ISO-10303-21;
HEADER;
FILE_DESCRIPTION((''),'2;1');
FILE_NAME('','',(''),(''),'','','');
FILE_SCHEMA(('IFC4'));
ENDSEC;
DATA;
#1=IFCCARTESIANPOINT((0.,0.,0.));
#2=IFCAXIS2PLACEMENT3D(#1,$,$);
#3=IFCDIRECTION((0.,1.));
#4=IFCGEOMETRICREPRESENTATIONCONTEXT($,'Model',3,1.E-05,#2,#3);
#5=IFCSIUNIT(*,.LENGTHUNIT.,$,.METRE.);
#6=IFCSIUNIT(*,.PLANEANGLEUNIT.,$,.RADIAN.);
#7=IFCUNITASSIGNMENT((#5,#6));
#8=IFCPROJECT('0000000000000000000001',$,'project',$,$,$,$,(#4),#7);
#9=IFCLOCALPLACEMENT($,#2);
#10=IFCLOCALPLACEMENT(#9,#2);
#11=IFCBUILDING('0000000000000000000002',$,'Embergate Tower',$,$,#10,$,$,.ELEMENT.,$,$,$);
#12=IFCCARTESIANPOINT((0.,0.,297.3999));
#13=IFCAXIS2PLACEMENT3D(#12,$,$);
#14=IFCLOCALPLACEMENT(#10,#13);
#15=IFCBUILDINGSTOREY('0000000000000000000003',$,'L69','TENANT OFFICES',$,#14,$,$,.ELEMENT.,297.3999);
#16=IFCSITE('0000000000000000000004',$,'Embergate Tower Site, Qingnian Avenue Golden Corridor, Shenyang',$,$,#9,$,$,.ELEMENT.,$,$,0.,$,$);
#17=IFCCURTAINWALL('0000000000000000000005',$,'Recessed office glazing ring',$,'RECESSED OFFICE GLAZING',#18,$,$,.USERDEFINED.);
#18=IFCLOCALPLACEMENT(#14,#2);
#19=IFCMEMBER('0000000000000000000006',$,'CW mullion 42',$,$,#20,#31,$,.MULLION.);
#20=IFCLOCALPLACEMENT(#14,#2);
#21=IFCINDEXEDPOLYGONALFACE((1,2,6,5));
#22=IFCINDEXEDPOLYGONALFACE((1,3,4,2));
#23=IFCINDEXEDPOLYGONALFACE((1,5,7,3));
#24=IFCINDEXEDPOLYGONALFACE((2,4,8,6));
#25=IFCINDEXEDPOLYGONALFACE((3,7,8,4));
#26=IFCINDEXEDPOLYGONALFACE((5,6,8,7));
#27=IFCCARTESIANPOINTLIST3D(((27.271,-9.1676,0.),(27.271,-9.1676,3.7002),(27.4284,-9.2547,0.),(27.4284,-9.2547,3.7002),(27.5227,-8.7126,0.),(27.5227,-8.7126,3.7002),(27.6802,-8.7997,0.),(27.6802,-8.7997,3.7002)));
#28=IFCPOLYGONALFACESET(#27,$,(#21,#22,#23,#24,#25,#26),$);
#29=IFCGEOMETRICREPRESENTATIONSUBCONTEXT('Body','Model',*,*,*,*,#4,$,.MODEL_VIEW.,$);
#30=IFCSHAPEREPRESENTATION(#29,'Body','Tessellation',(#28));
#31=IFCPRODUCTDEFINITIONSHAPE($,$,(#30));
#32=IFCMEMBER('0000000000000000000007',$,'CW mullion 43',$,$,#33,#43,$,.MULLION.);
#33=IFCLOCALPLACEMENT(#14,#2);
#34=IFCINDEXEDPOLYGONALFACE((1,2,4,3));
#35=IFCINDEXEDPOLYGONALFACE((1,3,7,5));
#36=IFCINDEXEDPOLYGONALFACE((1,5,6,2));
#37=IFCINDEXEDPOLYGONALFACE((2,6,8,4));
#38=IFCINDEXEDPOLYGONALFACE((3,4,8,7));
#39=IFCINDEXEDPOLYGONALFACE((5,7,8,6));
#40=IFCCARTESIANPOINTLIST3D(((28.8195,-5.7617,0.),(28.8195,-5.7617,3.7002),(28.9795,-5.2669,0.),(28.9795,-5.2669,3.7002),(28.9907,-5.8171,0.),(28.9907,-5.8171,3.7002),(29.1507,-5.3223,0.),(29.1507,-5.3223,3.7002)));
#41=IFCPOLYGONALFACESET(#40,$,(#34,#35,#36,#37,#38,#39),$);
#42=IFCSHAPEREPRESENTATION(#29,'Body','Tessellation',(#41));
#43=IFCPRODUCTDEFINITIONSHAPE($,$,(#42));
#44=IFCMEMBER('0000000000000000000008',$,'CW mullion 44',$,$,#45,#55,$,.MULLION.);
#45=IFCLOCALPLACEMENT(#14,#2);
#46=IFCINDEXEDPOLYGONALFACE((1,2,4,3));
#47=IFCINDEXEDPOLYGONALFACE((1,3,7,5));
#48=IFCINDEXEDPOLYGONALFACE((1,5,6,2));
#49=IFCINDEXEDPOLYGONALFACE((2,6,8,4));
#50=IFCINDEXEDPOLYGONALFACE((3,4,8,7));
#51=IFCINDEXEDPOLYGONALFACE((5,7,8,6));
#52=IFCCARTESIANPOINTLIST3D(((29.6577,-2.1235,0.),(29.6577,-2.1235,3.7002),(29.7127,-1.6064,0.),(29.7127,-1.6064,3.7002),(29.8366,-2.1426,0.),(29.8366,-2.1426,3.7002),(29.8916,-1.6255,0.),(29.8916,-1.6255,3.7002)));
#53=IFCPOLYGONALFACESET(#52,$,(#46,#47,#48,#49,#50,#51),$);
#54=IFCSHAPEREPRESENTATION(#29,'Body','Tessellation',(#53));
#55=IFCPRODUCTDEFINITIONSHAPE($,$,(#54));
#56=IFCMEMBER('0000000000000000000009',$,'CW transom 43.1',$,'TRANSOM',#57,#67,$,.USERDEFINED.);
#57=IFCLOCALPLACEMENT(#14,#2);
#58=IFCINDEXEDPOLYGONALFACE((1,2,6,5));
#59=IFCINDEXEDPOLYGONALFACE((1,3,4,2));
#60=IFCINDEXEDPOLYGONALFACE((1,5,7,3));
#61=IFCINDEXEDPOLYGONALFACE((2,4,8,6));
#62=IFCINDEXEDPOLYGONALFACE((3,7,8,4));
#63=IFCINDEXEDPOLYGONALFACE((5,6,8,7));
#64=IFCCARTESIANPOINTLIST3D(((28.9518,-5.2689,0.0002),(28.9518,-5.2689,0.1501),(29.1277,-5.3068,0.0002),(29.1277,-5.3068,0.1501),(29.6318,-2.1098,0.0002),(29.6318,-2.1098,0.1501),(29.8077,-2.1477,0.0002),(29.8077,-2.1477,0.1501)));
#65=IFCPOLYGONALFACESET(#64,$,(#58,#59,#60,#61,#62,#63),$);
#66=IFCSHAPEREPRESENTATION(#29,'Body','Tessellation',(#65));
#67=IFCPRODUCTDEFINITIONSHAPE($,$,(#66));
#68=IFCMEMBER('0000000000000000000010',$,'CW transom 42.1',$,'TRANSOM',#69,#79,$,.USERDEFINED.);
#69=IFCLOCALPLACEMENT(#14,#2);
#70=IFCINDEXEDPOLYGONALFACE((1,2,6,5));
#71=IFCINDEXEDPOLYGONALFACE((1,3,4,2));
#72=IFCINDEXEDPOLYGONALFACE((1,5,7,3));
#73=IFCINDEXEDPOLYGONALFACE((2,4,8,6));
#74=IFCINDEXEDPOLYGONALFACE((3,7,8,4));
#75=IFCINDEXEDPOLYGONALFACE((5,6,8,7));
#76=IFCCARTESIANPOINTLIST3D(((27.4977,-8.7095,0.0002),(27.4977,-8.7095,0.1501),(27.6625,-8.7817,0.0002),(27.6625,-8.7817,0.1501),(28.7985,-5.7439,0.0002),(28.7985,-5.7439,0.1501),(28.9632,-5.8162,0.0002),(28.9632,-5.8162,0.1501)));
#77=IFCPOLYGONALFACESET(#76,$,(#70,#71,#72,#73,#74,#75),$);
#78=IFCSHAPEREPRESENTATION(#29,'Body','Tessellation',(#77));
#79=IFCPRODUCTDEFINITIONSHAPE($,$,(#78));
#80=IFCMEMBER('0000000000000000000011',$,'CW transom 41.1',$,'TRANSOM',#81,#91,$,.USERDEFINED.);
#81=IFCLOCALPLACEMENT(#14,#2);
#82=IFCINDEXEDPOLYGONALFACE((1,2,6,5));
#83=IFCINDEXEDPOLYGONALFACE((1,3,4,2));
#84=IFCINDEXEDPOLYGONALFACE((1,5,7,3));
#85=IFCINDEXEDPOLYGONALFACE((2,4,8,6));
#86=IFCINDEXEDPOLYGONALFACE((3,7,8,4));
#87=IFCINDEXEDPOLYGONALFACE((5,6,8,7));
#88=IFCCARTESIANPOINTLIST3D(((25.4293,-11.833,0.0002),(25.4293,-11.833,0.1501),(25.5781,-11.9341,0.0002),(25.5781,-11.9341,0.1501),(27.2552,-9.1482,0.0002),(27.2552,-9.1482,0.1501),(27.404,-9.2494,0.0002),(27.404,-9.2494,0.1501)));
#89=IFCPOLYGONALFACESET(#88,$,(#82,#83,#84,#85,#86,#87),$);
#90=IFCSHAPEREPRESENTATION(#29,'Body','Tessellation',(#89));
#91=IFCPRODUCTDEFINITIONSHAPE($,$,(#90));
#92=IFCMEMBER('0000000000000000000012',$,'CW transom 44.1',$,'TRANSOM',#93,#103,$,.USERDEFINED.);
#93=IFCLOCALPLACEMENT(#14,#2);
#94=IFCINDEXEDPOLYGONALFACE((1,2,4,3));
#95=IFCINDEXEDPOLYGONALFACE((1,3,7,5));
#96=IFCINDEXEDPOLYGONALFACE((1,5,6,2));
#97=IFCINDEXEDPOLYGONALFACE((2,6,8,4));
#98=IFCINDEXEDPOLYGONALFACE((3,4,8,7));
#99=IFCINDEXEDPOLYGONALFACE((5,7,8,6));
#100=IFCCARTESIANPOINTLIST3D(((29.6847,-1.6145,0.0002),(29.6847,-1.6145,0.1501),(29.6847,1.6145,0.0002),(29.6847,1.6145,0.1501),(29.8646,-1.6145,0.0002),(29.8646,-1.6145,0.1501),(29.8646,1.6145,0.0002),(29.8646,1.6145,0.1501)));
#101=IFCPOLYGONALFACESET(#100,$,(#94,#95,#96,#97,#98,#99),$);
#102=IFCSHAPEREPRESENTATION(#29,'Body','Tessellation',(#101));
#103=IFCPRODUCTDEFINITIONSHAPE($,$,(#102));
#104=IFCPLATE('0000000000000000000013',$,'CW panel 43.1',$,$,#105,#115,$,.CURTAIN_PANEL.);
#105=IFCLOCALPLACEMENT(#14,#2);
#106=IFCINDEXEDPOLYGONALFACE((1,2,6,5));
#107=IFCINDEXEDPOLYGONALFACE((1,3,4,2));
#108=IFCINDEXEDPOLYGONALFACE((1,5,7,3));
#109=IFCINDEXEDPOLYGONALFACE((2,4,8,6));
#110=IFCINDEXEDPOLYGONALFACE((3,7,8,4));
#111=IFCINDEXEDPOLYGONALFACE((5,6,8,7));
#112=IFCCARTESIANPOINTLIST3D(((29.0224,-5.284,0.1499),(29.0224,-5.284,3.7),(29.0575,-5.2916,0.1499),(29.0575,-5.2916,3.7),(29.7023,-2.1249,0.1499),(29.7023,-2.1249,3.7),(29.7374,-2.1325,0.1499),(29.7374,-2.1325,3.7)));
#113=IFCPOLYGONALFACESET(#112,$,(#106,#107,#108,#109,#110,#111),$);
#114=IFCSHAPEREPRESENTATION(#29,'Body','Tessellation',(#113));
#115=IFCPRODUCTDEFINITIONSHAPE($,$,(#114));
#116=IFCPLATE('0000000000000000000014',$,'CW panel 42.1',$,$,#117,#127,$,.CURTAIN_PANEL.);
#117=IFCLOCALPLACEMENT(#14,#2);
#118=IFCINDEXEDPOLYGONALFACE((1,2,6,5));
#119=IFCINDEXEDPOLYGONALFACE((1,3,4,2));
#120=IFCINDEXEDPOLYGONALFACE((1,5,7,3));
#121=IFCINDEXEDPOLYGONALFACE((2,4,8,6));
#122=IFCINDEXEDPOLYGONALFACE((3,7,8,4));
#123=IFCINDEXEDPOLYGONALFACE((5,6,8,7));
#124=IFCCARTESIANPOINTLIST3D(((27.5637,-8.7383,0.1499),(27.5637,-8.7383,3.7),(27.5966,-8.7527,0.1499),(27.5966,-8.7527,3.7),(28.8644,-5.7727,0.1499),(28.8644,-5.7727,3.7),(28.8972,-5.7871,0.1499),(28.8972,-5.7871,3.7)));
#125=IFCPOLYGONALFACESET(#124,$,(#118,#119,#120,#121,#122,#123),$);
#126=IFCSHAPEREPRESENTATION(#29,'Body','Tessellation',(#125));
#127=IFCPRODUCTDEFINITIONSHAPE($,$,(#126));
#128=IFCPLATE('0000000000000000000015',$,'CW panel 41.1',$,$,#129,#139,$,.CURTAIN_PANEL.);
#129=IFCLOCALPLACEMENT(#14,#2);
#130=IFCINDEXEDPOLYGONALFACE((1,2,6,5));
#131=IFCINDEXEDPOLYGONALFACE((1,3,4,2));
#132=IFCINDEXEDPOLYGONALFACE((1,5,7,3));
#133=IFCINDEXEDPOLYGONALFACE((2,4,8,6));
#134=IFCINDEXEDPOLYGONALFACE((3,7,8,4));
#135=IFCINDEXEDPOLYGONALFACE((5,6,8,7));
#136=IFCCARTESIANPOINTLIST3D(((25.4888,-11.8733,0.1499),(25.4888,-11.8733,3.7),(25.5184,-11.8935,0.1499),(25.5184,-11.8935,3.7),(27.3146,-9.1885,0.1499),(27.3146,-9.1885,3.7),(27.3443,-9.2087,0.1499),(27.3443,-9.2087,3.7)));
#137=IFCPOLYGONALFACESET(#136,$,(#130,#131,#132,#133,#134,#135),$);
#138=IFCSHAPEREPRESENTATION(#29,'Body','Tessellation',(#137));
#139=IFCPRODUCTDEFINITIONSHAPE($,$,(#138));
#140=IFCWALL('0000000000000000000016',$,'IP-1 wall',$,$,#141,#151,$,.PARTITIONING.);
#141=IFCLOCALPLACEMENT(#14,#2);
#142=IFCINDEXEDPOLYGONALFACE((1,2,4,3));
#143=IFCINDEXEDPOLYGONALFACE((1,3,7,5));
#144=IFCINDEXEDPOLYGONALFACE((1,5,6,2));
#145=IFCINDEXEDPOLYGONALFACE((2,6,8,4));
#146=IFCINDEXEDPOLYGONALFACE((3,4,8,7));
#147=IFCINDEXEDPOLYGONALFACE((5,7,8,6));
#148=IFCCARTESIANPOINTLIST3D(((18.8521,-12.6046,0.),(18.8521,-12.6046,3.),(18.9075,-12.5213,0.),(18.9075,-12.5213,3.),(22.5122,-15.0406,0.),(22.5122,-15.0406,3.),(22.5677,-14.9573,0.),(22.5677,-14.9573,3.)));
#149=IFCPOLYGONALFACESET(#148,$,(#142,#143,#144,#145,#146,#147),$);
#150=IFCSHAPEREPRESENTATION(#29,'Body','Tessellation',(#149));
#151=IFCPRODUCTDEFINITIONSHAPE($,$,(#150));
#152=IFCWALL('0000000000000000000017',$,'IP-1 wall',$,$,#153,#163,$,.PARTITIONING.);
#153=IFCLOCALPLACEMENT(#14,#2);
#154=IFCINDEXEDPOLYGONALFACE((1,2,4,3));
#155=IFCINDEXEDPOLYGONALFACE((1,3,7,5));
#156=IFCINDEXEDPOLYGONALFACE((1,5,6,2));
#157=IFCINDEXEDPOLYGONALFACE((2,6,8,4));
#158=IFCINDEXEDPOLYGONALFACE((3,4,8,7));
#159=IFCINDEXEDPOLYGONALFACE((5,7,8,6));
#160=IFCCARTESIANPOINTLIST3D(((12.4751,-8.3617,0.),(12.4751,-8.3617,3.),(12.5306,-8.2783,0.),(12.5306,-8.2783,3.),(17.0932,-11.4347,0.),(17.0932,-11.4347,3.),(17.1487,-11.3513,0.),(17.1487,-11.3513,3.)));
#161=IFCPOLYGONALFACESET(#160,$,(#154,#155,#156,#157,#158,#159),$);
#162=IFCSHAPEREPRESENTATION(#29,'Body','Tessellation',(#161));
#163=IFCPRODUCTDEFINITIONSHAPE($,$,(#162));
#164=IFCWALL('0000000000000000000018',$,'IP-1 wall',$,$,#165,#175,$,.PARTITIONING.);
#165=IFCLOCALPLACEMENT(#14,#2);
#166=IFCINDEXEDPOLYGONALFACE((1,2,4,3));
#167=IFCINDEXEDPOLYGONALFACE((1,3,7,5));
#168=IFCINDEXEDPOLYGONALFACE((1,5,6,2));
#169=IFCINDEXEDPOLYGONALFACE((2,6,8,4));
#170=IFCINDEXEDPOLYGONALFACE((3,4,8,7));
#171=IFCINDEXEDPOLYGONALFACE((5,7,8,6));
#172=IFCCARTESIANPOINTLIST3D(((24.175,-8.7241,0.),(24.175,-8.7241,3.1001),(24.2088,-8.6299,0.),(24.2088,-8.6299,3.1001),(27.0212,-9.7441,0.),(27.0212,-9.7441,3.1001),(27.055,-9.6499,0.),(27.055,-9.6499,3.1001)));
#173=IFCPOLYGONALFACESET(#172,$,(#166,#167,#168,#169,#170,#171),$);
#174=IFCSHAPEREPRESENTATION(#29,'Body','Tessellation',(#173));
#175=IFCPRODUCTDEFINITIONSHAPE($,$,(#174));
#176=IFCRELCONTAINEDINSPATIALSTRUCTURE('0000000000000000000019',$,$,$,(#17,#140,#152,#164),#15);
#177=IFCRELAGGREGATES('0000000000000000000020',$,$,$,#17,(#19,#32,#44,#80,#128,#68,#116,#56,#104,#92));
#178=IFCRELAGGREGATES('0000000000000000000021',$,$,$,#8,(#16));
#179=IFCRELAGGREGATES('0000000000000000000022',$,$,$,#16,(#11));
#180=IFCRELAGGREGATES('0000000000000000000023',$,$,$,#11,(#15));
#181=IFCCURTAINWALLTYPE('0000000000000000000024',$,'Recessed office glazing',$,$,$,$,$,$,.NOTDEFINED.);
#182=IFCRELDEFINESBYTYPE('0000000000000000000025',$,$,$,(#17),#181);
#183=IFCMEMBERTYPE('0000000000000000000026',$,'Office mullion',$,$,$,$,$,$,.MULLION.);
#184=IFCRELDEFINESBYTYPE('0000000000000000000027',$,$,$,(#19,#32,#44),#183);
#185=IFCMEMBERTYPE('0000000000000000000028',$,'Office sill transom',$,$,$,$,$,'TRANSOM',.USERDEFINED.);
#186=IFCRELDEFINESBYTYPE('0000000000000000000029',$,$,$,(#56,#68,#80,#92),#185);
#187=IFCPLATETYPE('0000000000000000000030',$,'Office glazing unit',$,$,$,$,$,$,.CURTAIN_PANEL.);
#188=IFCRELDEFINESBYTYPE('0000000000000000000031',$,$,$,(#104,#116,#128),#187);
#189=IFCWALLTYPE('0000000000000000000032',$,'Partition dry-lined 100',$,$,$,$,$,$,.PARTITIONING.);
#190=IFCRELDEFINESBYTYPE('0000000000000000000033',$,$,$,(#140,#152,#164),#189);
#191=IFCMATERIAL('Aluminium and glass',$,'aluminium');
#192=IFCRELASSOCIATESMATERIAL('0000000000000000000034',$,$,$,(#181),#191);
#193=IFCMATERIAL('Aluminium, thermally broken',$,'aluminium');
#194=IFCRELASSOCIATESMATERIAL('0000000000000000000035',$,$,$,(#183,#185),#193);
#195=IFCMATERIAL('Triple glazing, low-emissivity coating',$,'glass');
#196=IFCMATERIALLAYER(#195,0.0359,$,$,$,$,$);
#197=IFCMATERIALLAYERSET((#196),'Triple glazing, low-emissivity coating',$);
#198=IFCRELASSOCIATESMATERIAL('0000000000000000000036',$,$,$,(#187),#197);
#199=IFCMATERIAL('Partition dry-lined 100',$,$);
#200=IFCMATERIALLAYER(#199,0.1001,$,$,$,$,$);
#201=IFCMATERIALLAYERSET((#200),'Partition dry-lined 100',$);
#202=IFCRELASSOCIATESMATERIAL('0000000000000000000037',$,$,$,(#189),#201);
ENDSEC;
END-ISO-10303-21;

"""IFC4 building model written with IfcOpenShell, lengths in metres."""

from ifc_helpers import new_model, si_unit, direction, frame, frame_2d, origin, origin_2d, place, context, subcontext, project, spatial, rectangle, extrude, source, transform, mapped, material, layer, layer_set, material_profile, profile_set, type_object, element, aggregate, save


model = new_model("IFC4")

# Units and contexts
model_context = context("Model", 3, precision=1e-05, world=origin(), true_north=direction((0.0, 1.0)))
body_context = subcontext(model_context, "Body", "Model", "MODEL_VIEW")
ifc_project = project(units=[si_unit("LENGTHUNIT", "METRE"), si_unit("PLANEANGLEUNIT", "RADIAN")], contexts=[model_context])

# Site, building, storey
site_placement = place(None, origin())
site = spatial("IfcSite", under=ifc_project, at=site_placement, Name="Embergate Tower Site, Qingnian Avenue Golden Corridor, Shenyang", CompositionType="ELEMENT", RefElevation=0.0)
building_placement = place(site_placement, origin())
building = spatial("IfcBuilding", under=site, at=building_placement, Name="Embergate Tower", CompositionType="ELEMENT")
storey_placement = place(building_placement, frame((0.0, 0.0, 297.3999)))
storey = spatial("IfcBuildingStorey", under=building, at=storey_placement, Name="L69", Description="TENANT OFFICES", CompositionType="ELEMENT", Elevation=297.3999)

# Curtain wall, members, plates
ifc_material_1 = material(Name="Aluminium and glass", Category="aluminium")
curtain_wall_type = type_object("IfcCurtainWallType", Name="Recessed office glazing", PredefinedType="NOTDEFINED", material=ifc_material_1)
curtain_wall_placement = place(storey_placement, origin())
curtain_wall = element("IfcCurtainWall", 1, at=curtain_wall_placement, inside=storey, type_object=curtain_wall_type, Name="Recessed office glazing ring", ObjectType="RECESSED OFFICE GLAZING", PredefinedType="USERDEFINED")
ifc_material_2 = material(Name="Aluminium, thermally broken", Category="aluminium")
ifc_material_profile_1 = material_profile(ifc_material_2, rectangle(XDim=0.1799, YDim=0.52, at=origin_2d()), Name="AL 520x180")
ifc_profile_set_1 = profile_set([ifc_material_profile_1], Name="Aluminium, thermally broken")
member_type_1 = type_object("IfcMemberType", Name="Office mullion", PredefinedType="MULLION", material=ifc_profile_set_1)
shared_shape_1 = source(origin(), body_context, "Body", "SweptSolid", [
    extrude(rectangle(XDim=0.1799, YDim=0.52, at=origin_2d()), origin(), (0.0, 0.0, 1.0), 3.7002),
])
member_1_placement = place(storey_placement, frame((27.4756, -8.9836, 0.0), z_axis=(0.0, 0.0, 1.0), x_axis=(-0.874993, 0.484135, 0.0)))
member_1 = element("IfcMember", 2, at=member_1_placement, type_object=member_type_1, Name="CW mullion 42", PredefinedType="MULLION", context=body_context, shape_type="MappedRepresentation", body=[
    mapped(shared_shape_1, transform((0.0, 0.0, 0.0))),
])
member_2_placement = place(storey_placement, frame((28.9851, -5.542, 0.0), z_axis=(0.0, 0.0, 1.0), x_axis=(-0.951494, 0.307669, 0.0)))
member_2 = element("IfcMember", 3, at=member_2_placement, type_object=member_type_1, Name="CW mullion 43", PredefinedType="MULLION", context=body_context, shape_type="MappedRepresentation", body=[
    mapped(shared_shape_1, transform((0.0, 0.0, 0.0))),
])
member_3_placement = place(storey_placement, frame((29.7747, -1.8745, 0.0), z_axis=(0.0, 0.0, 1.0), x_axis=(-0.994384, 0.10583, 0.0)))
member_3 = element("IfcMember", 4, at=member_3_placement, type_object=member_type_1, Name="CW mullion 44", PredefinedType="MULLION", context=body_context, shape_type="MappedRepresentation", body=[
    mapped(shared_shape_1, transform((0.0, 0.0, 0.0))),
])
ifc_material_profile_2 = material_profile(ifc_material_2, rectangle(XDim=0.1799, YDim=0.1499, at=origin_2d()), Name="AL 150x180")
ifc_profile_set_2 = profile_set([ifc_material_profile_2], Name="Aluminium, thermally broken")
member_type_2 = type_object("IfcMemberType", Name="Office sill transom", ElementType="TRANSOM", PredefinedType="USERDEFINED", material=ifc_profile_set_2)
shared_shape_2 = source(origin(), body_context, "Body", "SweptSolid", [
    extrude(rectangle(XDim=0.1799, YDim=0.1499, at=origin_2d()), origin(), (0.0, 0.0, 1.0), 3.2314),
])
member_4_placement = place(storey_placement, frame((29.0398, -5.2878, 0.0752), z_axis=(0.210406, 0.977614, 0.0), x_axis=(-0.977614, 0.210406, 0.0)))
member_4 = element("IfcMember", 5, at=member_4_placement, type_object=member_type_2, Name="CW transom 43.1", ObjectType="TRANSOM", PredefinedType="USERDEFINED", context=body_context, shape_type="MappedRepresentation", body=[
    mapped(shared_shape_2, transform((0.0, 0.0, 0.0))),
])
shared_shape_3 = source(origin(), body_context, "Body", "SweptSolid", [
    extrude(rectangle(XDim=0.1799, YDim=0.1499, at=origin_2d()), origin(), (0.0, 0.0, 1.0), 3.2383),
])
member_5_placement = place(storey_placement, frame((27.5801, -8.7456, 0.0752), z_axis=(0.401685, 0.915778, 0.0), x_axis=(-0.915778, 0.401685, 0.0)))
member_5 = element("IfcMember", 6, at=member_5_placement, type_object=member_type_2, Name="CW transom 42.1", ObjectType="TRANSOM", PredefinedType="USERDEFINED", context=body_context, shape_type="MappedRepresentation", body=[
    mapped(shared_shape_3, transform((0.0, 0.0, 0.0))),
])
shared_shape_4 = source(origin(), body_context, "Body", "SweptSolid", [
    extrude(rectangle(XDim=0.1799, YDim=0.1499, at=origin_2d()), origin(), (0.0, 0.0, 1.0), 3.2468),
])
member_6_placement = place(storey_placement, frame((25.5037, -11.8835, 0.0752), z_axis=(0.562363, 0.82689, 0.0), x_axis=(-0.82689, 0.562363, 0.0)))
member_6 = element("IfcMember", 7, at=member_6_placement, type_object=member_type_2, Name="CW transom 41.1", ObjectType="TRANSOM", PredefinedType="USERDEFINED", context=body_context, shape_type="MappedRepresentation", body=[
    mapped(shared_shape_4, transform((0.0, 0.0, 0.0))),
])
shared_shape_5 = source(origin(), body_context, "Body", "SweptSolid", [
    extrude(rectangle(XDim=0.1799, YDim=0.1499, at=origin_2d()), origin(), (0.0, 0.0, 1.0), 3.229),
])
member_7_placement = place(storey_placement, frame((29.7747, -1.6145, 0.0752), z_axis=(0.0, 1.0, 0.0), x_axis=(-1.0, 0.0, 0.0)))
member_7 = element("IfcMember", 8, at=member_7_placement, type_object=member_type_2, Name="CW transom 44.1", ObjectType="TRANSOM", PredefinedType="USERDEFINED", context=body_context, shape_type="MappedRepresentation", body=[
    mapped(shared_shape_5, transform((0.0, 0.0, 0.0))),
])
ifc_material_3 = material(Name="Triple glazing, low-emissivity coating", Category="glass")
ifc_layer_1 = layer(ifc_material_3, 0.0359)
ifc_layer_set_1 = layer_set([ifc_layer_1], Name="Triple glazing, low-emissivity coating")
plate_type = type_object("IfcPlateType", Name="Office glazing unit", PredefinedType="CURTAIN_PANEL", material=ifc_layer_set_1)
shared_shape_6 = source(origin(), body_context, "Body", "SweptSolid", [
    extrude(rectangle(XDim=3.2314, YDim=0.0359, at=origin_2d()), origin(), (0.0, 0.0, 1.0), 3.55),
])
plate_1_placement = place(storey_placement, frame((29.3799, -3.7083, 0.1499), z_axis=(0.0, 0.0, 1.0), x_axis=(0.210398, 0.977616, 0.0)))
plate_1 = element("IfcPlate", 9, at=plate_1_placement, type_object=plate_type, Name="CW panel 43.1", PredefinedType="CURTAIN_PANEL", context=body_context, shape_type="MappedRepresentation", body=[
    mapped(shared_shape_6, transform((0.0, 0.0, 0.0))),
])
shared_shape_7 = source(origin(), body_context, "Body", "SweptSolid", [
    extrude(rectangle(XDim=3.2383, YDim=0.0359, at=origin_2d()), origin(), (0.0, 0.0, 1.0), 3.55),
])
plate_2_placement = place(storey_placement, frame((28.2305, -7.2627, 0.1499), z_axis=(0.0, 0.0, 1.0), x_axis=(0.401654, 0.915792, 0.0)))
plate_2 = element("IfcPlate", 10, at=plate_2_placement, type_object=plate_type, Name="CW panel 42.1", PredefinedType="CURTAIN_PANEL", context=body_context, shape_type="MappedRepresentation", body=[
    mapped(shared_shape_7, transform((0.0, 0.0, 0.0))),
])
shared_shape_8 = source(origin(), body_context, "Body", "SweptSolid", [
    extrude(rectangle(XDim=3.2468, YDim=0.0359, at=origin_2d()), origin(), (0.0, 0.0, 1.0), 3.55),
])
plate_3_placement = place(storey_placement, frame((26.4165, -10.541, 0.1499), z_axis=(0.0, 0.0, 1.0), x_axis=(0.562342, 0.826905, 0.0)))
plate_3 = element("IfcPlate", 11, at=plate_3_placement, type_object=plate_type, Name="CW panel 41.1", PredefinedType="CURTAIN_PANEL", context=body_context, shape_type="MappedRepresentation", body=[
    mapped(shared_shape_8, transform((0.0, 0.0, 0.0))),
])
aggregate(curtain_wall, [member_1, member_2, member_3, member_6, plate_3, member_5, plate_2, member_4, plate_1, member_7])

# Walls
ifc_material_4 = material(Name="Partition dry-lined 100")
ifc_layer_2 = layer(ifc_material_4, 0.1001)
ifc_layer_set_2 = layer_set([ifc_layer_2], Name="Partition dry-lined 100")
wall_type = type_object("IfcWallType", Name="Partition dry-lined 100", PredefinedType="PARTITIONING", material=ifc_layer_set_2)
shared_shape_9 = source(origin(), body_context, "Body", "SweptSolid", [
    extrude(rectangle(XDim=4.3967, YDim=0.1001, at=frame_2d((2.1982, 0.0))), origin(), (0.0, 0.0, 1.0), 3.0),
])
wall_1_placement = place(storey_placement, frame((18.8799, -12.563, 0.0), z_axis=(0.0, 0.0, 1.0), x_axis=(0.832477, -0.554059, 0.0)))
element("IfcWall", 12, at=wall_1_placement, inside=storey, type_object=wall_type, Name="IP-1 wall", PredefinedType="PARTITIONING", context=body_context, shape_type="MappedRepresentation", body=[
    mapped(shared_shape_9, transform((0.0, 0.0, 0.0))),
])
shared_shape_10 = source(origin(), body_context, "Body", "SweptSolid", [
    extrude(rectangle(XDim=5.5471, YDim=0.1001, at=frame_2d((2.7734, 0.0))), origin(), (0.0, 0.0, 1.0), 3.0),
])
wall_2_placement = place(storey_placement, frame((12.5029, -8.3201, 0.0), z_axis=(0.0, 0.0, 1.0), x_axis=(0.832531, -0.553979, 0.0)))
element("IfcWall", 13, at=wall_2_placement, inside=storey, type_object=wall_type, Name="IP-1 wall", PredefinedType="PARTITIONING", context=body_context, shape_type="MappedRepresentation", body=[
    mapped(shared_shape_10, transform((0.0, 0.0, 0.0))),
])
shared_shape_11 = source(origin(), body_context, "Body", "SweptSolid", [
    extrude(rectangle(XDim=3.0234, YDim=0.1001, at=frame_2d((1.5117, 0.0))), origin(), (0.0, 0.0, 1.0), 3.1001),
])
wall_3_placement = place(storey_placement, frame((24.1919, -8.677, 0.0), z_axis=(0.0, 0.0, 1.0), x_axis=(0.941372, -0.337369, 0.0)))
element("IfcWall", 14, at=wall_3_placement, inside=storey, type_object=wall_type, Name="IP-1 wall", PredefinedType="PARTITIONING", context=body_context, shape_type="MappedRepresentation", body=[
    mapped(shared_shape_11, transform((0.0, 0.0, 0.0))),
])

save(model, "model.ifc")
